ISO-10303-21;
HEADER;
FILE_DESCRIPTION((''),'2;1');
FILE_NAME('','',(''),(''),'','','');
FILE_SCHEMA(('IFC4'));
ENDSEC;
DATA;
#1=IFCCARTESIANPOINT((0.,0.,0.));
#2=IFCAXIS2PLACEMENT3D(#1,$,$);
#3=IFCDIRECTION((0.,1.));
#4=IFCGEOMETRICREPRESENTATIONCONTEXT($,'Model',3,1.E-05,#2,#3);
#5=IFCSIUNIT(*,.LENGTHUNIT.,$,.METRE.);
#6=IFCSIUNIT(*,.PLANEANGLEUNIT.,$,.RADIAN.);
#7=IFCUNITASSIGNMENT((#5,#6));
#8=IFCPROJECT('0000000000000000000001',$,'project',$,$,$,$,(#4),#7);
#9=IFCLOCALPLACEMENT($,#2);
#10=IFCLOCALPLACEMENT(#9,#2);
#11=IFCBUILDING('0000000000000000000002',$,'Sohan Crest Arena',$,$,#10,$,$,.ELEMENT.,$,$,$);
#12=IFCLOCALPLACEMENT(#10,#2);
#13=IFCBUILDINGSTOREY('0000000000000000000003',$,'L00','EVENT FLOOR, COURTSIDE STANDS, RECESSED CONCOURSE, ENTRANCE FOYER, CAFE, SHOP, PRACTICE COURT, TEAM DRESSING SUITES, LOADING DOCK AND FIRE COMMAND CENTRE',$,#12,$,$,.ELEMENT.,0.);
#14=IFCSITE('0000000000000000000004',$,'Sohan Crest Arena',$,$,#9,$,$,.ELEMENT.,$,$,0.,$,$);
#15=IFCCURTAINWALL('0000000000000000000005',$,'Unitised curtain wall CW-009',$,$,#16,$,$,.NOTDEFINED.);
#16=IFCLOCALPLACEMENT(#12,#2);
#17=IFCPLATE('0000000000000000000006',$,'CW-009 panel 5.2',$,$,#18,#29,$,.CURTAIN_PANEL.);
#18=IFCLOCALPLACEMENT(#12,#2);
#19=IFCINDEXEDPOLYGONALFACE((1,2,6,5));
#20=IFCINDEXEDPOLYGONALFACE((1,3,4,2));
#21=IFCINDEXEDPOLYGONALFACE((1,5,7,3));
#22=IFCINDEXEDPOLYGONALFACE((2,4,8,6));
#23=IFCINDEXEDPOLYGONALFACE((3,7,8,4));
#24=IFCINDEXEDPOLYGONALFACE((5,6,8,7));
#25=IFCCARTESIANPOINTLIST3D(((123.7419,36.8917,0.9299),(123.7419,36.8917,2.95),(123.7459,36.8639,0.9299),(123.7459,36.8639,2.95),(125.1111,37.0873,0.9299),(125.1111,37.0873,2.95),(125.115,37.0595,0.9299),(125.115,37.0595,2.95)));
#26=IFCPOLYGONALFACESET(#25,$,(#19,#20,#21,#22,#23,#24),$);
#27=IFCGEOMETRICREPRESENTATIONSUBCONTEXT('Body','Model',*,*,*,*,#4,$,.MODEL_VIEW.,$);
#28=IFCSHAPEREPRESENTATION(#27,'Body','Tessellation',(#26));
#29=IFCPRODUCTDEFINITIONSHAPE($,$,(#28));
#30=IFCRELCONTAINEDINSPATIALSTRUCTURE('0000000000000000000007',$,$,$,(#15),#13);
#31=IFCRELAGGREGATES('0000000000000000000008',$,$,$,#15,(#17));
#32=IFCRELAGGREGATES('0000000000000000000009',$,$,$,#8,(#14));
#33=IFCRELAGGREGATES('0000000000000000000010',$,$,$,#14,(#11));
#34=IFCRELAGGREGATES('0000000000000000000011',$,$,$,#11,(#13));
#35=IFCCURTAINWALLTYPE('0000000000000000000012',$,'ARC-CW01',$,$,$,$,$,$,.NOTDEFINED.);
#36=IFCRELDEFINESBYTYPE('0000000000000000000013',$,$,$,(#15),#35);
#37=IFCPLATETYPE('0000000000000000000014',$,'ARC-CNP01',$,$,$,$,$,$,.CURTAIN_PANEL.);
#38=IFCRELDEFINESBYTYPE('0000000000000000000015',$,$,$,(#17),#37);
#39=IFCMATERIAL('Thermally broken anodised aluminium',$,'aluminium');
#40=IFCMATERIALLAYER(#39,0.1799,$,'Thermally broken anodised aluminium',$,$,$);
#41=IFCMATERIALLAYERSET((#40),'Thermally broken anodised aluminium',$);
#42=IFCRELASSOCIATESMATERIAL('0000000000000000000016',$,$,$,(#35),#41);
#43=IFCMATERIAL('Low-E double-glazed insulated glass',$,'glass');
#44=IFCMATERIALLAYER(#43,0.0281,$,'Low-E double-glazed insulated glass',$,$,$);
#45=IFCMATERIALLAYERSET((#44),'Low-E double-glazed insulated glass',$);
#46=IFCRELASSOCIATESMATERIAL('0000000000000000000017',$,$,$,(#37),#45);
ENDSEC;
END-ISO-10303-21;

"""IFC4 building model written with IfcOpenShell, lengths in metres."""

from ifc_helpers import new_model, si_unit, direction, frame, origin, origin_2d, place, context, subcontext, project, spatial, rectangle, extrude, material, layer, layer_set, type_object, element, aggregate, save


model = new_model("IFC4")

# Units and contexts
model_context = context("Model", 3, precision=1e-05, world=origin(), true_north=direction((0.0, 1.0)))
body_context = subcontext(model_context, "Body", "Model", "MODEL_VIEW")
ifc_project = project(units=[si_unit("LENGTHUNIT", "METRE"), si_unit("PLANEANGLEUNIT", "RADIAN")], contexts=[model_context])

# Site, building, storey
site_placement = place(None, origin())
site = spatial("IfcSite", under=ifc_project, at=site_placement, Name="Sohan Crest Arena", CompositionType="ELEMENT", RefElevation=0.0)
building_placement = place(site_placement, origin())
building = spatial("IfcBuilding", under=site, at=building_placement, Name="Sohan Crest Arena", CompositionType="ELEMENT")
storey_placement = place(building_placement, origin())
storey = spatial("IfcBuildingStorey", under=building, at=storey_placement, Name="L00", Description="EVENT FLOOR, COURTSIDE STANDS, RECESSED CONCOURSE, ENTRANCE FOYER, CAFE, SHOP, PRACTICE COURT, TEAM DRESSING SUITES, LOADING DOCK AND FIRE COMMAND CENTRE", CompositionType="ELEMENT", Elevation=0.0)

# Curtain wall, plate
ifc_material_1 = material(Name="Thermally broken anodised aluminium", Category="aluminium")
ifc_layer_1 = layer(ifc_material_1, 0.1799, Name="Thermally broken anodised aluminium")
ifc_layer_set_1 = layer_set([ifc_layer_1], Name="Thermally broken anodised aluminium")
curtain_wall_type = type_object("IfcCurtainWallType", Name="ARC-CW01", PredefinedType="NOTDEFINED", material=ifc_layer_set_1)
curtain_wall_placement = place(storey_placement, origin())
curtain_wall = element("IfcCurtainWall", 1, at=curtain_wall_placement, inside=storey, type_object=curtain_wall_type, Name="Unitised curtain wall CW-009", PredefinedType="NOTDEFINED")
ifc_material_2 = material(Name="Low-E double-glazed insulated glass", Category="glass")
ifc_layer_2 = layer(ifc_material_2, 0.0281, Name="Low-E double-glazed insulated glass")
ifc_layer_set_2 = layer_set([ifc_layer_2], Name="Low-E double-glazed insulated glass")
plate_type = type_object("IfcPlateType", Name="ARC-CNP01", PredefinedType="CURTAIN_PANEL", material=ifc_layer_set_2)
plate_1_placement = place(storey_placement, frame((124.4285, 36.9756, 0.9299), z_axis=(0.0, 0.0, 1.0), x_axis=(0.989944, 0.141463, 0.0)))
plate_1 = element("IfcPlate", 2, at=plate_1_placement, type_object=plate_type, Name="CW-009 panel 5.2", PredefinedType="CURTAIN_PANEL", context=body_context, shape_type="SweptSolid", body=[
    extrude(rectangle(XDim=1.3831, YDim=0.0281, at=origin_2d()), origin(), (0.0, 0.0, 1.0), 2.02),
])
aggregate(curtain_wall, [plate_1])

save(model, "model.ifc")
